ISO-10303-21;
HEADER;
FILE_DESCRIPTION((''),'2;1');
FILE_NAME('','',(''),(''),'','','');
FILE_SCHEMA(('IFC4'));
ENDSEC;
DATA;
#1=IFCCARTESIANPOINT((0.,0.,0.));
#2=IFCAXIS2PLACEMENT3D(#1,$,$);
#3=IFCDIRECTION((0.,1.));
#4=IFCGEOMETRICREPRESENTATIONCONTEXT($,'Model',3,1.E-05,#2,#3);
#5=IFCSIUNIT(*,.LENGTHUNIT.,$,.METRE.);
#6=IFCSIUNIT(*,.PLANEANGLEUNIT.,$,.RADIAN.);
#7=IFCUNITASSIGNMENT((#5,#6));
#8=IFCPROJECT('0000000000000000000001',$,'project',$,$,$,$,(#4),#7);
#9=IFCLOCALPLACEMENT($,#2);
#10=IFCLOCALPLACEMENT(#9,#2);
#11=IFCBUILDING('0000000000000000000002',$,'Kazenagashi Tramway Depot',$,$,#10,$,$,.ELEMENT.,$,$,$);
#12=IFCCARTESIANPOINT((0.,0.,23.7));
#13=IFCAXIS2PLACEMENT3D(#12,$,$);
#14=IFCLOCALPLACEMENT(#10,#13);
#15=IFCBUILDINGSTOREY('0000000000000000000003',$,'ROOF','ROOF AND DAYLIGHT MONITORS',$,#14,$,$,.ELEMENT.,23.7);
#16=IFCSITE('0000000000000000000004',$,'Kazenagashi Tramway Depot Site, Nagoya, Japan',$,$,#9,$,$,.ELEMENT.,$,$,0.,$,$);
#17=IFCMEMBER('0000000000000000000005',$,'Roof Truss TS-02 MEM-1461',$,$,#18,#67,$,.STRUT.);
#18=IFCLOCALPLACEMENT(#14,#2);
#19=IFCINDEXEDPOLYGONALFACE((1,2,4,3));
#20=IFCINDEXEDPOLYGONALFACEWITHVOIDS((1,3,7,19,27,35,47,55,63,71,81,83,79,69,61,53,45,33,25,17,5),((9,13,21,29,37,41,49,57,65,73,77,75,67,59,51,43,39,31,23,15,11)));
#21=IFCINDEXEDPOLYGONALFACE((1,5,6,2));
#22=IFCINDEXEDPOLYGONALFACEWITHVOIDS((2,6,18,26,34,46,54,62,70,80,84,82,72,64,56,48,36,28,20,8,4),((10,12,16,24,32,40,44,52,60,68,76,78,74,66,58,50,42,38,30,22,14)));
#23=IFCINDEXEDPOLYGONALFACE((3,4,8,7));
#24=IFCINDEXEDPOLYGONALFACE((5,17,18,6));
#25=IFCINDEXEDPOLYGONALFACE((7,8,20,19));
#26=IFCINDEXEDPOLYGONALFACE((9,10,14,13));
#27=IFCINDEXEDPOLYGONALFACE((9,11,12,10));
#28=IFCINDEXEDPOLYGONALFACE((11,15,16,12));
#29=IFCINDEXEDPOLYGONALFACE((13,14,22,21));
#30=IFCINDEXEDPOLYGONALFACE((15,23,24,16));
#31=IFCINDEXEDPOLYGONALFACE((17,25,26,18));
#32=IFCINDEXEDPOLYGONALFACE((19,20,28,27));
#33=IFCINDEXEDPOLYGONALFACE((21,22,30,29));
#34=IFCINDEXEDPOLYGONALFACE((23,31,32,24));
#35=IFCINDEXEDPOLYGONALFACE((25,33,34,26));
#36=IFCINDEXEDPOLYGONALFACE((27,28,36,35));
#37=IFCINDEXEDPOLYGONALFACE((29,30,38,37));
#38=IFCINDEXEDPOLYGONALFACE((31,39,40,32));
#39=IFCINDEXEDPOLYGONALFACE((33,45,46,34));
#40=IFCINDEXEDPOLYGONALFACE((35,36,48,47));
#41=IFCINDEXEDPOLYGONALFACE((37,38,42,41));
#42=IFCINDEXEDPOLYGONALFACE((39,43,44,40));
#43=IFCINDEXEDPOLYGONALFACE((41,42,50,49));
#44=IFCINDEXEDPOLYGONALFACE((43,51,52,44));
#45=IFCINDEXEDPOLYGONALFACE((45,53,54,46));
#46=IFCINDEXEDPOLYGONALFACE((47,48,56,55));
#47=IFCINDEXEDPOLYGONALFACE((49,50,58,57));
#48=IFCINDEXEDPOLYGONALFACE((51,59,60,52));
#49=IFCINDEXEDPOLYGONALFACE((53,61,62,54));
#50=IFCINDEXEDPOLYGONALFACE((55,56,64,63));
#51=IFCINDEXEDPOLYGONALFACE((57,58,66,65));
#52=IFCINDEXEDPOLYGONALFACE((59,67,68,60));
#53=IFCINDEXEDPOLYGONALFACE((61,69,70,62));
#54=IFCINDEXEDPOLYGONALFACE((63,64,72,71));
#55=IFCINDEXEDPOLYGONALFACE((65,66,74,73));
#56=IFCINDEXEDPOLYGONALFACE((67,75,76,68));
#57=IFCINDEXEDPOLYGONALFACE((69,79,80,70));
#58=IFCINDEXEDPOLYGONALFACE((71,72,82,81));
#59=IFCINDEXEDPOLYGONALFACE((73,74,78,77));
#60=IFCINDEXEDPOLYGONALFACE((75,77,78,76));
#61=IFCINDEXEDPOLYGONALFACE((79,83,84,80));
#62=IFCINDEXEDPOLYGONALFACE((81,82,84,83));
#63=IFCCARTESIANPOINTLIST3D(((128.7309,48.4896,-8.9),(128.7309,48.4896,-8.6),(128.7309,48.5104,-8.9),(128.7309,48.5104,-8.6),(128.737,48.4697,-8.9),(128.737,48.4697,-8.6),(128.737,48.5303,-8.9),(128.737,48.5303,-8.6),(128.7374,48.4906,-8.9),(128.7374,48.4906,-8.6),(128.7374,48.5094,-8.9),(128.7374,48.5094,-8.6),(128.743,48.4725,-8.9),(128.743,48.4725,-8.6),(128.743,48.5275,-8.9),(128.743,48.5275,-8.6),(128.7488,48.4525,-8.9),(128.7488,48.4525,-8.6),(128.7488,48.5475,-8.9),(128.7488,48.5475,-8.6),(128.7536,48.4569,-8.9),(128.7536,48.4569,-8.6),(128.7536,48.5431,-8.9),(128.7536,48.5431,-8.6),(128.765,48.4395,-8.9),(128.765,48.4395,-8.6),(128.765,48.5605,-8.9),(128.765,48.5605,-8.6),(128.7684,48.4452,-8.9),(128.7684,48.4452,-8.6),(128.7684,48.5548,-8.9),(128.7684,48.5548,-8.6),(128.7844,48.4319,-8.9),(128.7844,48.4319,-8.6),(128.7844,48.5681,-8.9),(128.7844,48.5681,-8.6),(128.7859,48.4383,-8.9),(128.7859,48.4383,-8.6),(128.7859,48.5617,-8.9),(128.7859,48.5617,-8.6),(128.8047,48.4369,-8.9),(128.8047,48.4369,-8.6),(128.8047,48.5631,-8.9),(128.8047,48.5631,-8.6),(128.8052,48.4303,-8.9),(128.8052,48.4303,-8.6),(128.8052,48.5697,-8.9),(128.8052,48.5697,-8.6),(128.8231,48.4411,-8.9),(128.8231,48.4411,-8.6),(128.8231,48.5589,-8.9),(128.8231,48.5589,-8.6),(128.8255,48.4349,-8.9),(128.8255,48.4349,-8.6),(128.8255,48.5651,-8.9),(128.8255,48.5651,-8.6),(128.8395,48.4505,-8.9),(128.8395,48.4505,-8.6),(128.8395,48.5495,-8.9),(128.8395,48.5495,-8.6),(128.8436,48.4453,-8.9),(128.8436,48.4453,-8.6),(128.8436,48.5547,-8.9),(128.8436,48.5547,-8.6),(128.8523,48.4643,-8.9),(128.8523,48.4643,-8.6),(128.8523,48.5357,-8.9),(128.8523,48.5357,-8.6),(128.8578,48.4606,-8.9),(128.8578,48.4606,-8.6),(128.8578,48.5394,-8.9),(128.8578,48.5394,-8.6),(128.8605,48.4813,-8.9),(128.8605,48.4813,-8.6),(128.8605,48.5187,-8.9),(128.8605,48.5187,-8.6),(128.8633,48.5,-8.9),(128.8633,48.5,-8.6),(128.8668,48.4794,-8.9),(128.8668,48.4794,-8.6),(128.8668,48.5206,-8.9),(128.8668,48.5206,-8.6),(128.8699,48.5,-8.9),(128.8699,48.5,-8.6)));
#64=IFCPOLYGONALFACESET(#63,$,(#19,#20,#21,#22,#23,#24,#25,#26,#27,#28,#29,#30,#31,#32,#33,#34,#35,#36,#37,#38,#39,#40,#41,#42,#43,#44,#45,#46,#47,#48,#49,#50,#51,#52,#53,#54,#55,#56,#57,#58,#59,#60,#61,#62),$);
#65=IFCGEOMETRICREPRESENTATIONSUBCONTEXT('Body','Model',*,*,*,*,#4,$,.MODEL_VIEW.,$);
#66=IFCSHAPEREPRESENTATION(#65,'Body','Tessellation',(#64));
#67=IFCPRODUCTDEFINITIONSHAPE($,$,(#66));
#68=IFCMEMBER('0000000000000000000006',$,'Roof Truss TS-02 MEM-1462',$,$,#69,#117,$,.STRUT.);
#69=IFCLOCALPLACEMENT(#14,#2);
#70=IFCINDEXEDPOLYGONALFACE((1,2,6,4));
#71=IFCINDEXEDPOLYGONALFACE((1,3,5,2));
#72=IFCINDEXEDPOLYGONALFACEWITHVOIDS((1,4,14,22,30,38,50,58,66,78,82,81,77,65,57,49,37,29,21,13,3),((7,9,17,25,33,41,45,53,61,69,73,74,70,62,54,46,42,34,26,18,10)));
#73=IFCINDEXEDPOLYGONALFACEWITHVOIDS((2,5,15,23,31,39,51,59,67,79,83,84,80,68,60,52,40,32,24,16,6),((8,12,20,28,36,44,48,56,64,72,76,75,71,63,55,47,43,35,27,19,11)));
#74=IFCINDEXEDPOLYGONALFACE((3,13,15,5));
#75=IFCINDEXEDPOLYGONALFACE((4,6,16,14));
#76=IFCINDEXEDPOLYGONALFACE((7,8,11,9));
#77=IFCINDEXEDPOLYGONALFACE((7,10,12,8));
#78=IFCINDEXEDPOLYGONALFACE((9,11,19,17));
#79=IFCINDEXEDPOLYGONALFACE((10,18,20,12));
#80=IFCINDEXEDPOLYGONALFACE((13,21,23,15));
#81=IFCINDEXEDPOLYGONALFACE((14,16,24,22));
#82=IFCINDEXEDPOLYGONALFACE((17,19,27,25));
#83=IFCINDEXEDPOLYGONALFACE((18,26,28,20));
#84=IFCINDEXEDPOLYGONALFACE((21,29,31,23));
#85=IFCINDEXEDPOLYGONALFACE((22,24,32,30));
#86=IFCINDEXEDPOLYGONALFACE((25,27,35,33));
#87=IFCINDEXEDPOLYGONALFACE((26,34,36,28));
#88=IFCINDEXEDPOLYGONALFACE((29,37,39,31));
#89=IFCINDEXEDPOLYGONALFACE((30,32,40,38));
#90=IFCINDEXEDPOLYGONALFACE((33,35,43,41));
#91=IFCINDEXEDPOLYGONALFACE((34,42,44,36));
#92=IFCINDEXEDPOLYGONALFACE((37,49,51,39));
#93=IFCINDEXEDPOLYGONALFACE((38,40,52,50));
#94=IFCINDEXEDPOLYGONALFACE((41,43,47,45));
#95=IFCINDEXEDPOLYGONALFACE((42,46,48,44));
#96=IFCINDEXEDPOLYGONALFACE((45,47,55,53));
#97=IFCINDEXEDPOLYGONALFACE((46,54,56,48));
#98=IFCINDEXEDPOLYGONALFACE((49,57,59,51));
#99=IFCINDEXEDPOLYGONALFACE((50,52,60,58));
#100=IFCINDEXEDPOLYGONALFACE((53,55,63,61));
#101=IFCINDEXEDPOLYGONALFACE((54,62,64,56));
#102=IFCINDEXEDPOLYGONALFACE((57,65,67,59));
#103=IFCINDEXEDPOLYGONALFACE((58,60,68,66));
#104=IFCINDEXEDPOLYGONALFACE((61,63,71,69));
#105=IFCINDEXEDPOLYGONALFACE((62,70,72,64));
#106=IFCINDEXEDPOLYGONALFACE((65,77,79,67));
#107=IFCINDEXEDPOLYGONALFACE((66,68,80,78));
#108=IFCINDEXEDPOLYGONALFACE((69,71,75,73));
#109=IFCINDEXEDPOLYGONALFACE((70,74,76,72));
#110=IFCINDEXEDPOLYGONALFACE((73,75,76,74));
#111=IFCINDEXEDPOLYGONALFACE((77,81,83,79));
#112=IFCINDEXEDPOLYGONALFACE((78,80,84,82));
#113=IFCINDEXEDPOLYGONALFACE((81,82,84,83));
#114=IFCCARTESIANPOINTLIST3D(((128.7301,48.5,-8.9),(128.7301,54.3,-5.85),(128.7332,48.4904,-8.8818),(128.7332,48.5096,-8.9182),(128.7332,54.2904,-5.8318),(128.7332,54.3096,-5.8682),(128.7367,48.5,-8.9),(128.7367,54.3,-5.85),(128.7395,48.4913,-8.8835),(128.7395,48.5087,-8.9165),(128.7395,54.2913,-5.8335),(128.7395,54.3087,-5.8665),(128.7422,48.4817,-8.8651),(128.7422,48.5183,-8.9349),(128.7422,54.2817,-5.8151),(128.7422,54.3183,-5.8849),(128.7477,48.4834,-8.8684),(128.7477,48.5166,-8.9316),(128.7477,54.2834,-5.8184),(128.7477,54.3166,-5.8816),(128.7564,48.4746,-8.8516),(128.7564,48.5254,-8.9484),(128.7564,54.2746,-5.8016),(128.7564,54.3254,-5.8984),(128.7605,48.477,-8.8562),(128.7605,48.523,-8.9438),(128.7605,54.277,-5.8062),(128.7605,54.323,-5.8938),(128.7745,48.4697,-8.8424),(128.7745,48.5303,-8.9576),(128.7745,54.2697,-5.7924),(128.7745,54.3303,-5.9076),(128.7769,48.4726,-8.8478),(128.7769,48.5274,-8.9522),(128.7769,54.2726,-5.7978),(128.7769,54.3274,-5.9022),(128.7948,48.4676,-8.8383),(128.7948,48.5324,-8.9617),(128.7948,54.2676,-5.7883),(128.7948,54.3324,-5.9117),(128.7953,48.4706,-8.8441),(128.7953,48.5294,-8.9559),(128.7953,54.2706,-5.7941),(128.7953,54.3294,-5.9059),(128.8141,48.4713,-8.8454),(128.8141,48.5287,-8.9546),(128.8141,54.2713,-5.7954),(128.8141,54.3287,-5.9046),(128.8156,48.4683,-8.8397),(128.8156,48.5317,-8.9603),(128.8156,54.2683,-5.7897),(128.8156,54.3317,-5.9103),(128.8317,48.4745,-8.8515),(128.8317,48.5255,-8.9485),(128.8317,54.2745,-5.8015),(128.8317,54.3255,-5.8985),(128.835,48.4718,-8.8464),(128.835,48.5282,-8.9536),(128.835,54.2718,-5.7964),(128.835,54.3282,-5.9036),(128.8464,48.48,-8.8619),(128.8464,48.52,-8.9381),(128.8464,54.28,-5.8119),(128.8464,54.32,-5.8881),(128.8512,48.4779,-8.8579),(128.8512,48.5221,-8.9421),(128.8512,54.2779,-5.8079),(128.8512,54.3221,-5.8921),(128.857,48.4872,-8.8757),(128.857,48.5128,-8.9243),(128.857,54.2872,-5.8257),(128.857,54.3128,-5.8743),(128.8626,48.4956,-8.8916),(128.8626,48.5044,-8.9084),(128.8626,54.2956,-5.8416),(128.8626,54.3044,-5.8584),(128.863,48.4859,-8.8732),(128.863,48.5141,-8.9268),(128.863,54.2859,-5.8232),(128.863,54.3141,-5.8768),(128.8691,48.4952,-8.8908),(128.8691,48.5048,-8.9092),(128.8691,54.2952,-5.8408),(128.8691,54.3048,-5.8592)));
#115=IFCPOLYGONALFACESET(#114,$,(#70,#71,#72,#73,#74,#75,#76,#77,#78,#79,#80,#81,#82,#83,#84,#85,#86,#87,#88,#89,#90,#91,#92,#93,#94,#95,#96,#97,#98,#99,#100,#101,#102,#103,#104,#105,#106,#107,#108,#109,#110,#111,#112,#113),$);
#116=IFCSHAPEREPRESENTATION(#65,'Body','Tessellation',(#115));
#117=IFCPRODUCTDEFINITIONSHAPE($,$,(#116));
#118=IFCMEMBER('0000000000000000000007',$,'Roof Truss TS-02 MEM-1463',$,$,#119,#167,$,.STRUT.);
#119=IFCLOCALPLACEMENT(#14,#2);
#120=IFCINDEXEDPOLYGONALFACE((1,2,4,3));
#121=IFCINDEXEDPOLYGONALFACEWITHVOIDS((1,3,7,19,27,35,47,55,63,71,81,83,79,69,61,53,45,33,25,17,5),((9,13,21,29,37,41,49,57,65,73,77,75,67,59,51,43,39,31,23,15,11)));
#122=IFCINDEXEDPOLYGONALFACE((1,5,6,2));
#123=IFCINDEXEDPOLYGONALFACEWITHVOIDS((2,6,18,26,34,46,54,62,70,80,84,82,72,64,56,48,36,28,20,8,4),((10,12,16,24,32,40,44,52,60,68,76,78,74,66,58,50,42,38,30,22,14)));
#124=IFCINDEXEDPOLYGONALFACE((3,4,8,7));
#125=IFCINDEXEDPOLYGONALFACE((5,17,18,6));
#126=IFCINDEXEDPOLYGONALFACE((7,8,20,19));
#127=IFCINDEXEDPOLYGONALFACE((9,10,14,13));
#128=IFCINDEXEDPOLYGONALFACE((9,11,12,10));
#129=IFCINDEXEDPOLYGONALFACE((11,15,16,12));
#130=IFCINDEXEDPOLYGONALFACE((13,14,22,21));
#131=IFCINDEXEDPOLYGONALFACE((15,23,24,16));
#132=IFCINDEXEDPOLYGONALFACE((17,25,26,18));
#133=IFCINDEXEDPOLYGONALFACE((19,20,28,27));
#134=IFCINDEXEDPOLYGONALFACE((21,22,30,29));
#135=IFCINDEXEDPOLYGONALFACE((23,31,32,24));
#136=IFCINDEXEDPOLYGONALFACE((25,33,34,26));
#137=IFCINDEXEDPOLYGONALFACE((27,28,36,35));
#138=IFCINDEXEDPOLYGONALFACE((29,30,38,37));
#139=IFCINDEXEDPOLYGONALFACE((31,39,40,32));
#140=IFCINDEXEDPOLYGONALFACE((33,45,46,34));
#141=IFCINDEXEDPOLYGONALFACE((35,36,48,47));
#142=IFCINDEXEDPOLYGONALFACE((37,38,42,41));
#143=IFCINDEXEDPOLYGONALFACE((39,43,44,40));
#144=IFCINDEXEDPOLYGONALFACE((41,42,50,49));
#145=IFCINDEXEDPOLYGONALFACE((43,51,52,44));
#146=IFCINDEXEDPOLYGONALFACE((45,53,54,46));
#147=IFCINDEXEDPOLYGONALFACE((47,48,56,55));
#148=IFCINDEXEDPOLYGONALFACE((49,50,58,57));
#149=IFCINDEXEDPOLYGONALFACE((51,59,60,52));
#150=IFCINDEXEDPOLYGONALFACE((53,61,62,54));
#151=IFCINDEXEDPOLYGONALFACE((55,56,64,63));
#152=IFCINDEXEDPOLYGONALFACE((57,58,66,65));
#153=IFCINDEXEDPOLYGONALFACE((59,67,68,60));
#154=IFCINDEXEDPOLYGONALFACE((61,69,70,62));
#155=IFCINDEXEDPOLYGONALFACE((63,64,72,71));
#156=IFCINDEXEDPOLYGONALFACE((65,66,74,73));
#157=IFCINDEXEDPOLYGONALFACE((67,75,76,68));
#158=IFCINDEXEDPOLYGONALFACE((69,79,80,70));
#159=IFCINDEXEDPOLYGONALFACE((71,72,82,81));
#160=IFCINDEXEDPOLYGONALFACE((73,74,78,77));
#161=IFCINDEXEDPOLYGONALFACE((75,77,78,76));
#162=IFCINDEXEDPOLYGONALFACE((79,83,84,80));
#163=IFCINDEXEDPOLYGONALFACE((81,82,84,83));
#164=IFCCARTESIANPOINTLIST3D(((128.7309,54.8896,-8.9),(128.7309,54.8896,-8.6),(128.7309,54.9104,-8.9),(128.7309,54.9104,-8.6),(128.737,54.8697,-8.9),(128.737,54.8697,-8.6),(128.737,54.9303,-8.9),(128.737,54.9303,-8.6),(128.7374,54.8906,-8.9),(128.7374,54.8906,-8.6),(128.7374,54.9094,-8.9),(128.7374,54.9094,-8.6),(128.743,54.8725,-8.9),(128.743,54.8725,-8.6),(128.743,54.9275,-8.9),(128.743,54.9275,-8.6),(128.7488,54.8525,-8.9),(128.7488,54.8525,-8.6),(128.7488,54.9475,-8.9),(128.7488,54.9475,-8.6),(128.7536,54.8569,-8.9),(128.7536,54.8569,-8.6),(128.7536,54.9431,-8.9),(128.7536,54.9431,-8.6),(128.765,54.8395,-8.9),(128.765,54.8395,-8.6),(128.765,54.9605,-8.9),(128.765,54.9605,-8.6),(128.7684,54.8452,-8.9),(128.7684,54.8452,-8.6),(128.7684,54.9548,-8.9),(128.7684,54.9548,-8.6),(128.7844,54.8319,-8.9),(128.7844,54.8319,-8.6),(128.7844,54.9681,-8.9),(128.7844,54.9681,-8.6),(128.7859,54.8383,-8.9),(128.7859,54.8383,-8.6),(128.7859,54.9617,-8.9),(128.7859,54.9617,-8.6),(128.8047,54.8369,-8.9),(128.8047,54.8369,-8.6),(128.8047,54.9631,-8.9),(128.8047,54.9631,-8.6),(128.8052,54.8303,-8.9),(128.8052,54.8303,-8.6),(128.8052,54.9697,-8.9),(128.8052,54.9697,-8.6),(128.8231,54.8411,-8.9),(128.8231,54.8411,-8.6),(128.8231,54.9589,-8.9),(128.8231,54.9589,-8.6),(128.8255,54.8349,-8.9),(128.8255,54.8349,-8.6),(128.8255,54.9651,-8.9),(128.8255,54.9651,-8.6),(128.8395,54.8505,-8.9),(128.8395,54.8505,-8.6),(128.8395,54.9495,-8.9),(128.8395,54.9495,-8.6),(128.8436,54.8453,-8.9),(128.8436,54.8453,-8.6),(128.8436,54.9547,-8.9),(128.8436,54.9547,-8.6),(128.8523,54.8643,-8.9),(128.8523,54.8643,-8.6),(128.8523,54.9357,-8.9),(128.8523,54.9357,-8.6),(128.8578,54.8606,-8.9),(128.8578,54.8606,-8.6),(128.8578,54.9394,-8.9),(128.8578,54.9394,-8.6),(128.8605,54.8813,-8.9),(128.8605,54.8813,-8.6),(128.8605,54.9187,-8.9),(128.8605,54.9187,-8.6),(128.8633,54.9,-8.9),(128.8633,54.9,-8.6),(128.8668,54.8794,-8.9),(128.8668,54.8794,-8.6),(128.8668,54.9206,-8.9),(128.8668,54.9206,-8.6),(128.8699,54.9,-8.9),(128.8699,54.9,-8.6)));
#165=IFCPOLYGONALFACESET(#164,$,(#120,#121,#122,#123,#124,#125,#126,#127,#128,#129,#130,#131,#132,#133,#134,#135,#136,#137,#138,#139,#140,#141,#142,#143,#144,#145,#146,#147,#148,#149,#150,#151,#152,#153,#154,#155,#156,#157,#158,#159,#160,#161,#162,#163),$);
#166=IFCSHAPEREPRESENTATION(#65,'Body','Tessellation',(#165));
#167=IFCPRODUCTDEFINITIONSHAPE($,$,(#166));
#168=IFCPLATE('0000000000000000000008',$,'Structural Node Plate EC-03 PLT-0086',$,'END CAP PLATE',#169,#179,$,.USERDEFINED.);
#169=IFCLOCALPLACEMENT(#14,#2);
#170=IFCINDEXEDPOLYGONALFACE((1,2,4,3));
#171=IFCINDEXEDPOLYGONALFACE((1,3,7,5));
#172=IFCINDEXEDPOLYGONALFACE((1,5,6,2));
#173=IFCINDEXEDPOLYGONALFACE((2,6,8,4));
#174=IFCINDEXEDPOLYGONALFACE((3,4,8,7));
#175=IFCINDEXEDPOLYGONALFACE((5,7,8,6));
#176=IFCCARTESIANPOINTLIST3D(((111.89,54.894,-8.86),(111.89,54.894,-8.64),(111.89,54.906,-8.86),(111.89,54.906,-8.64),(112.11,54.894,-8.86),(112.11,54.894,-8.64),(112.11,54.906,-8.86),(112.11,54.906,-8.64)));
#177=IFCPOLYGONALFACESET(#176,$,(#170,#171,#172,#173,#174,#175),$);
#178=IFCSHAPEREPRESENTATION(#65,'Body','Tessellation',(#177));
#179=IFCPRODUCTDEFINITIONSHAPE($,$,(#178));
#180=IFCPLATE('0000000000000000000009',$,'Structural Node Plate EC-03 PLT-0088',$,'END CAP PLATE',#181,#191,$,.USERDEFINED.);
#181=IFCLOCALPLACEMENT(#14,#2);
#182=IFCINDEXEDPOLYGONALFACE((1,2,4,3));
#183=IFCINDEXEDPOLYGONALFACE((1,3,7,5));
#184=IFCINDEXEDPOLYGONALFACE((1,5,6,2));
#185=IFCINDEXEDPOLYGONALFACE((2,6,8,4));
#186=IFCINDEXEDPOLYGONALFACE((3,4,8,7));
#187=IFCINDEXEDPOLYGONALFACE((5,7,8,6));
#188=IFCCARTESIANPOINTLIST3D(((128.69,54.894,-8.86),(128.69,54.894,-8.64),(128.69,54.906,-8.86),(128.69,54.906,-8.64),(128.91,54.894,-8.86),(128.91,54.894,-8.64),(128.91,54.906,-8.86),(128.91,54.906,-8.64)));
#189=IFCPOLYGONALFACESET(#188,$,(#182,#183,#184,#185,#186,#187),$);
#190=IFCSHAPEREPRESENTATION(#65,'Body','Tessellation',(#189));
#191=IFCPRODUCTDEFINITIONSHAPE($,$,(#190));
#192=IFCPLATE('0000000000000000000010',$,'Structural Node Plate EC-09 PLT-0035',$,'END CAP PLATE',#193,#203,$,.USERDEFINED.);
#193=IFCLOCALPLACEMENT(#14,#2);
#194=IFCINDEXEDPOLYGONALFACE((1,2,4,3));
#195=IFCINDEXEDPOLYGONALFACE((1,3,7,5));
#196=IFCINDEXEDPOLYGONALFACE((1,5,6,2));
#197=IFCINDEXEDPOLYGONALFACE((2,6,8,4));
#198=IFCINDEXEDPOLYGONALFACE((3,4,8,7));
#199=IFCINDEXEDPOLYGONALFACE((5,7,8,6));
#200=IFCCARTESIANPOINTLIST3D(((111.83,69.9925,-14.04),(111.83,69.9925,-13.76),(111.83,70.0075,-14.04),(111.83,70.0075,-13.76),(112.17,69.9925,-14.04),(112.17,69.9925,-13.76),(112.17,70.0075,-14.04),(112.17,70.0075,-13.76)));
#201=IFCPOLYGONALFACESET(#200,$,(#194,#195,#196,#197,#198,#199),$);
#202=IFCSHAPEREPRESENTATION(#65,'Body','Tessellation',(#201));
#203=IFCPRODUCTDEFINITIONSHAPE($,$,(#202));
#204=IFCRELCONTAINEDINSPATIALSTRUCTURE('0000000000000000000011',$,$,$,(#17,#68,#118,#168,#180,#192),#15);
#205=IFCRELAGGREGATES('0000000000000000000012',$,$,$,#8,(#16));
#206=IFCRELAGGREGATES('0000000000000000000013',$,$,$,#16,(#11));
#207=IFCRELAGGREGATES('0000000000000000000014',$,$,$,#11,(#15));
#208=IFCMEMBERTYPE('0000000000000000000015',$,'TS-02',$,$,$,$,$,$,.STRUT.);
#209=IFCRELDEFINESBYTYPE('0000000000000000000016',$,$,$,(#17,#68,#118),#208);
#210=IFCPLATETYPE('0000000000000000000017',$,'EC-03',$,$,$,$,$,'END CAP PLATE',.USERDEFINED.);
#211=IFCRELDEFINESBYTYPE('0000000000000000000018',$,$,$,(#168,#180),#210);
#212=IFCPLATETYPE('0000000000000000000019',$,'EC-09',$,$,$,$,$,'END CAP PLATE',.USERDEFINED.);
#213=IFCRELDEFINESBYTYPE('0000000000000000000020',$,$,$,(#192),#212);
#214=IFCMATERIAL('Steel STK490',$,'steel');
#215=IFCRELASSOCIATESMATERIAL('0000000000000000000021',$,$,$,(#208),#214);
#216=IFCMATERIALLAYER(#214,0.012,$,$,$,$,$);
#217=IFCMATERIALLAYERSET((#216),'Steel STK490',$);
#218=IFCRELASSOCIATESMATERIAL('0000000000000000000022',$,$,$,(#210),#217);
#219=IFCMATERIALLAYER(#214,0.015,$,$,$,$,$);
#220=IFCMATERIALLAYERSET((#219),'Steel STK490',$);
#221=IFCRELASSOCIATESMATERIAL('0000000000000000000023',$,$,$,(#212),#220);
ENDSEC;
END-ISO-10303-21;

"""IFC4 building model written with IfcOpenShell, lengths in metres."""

from ifc_helpers import new_model, si_unit, direction, frame, origin, origin_2d, place, context, subcontext, project, spatial, rectangle, hollow_circle, extrude, material, layer, layer_set, material_profile, profile_set, type_object, element, save


model = new_model("IFC4")

# Units and contexts
model_context = context("Model", 3, precision=1e-05, world=origin(), true_north=direction((0.0, 1.0)))
body_context = subcontext(model_context, "Body", "Model", "MODEL_VIEW")
ifc_project = project(units=[si_unit("LENGTHUNIT", "METRE"), si_unit("PLANEANGLEUNIT", "RADIAN")], contexts=[model_context])

# Site, building, storey
site_placement = place(None, origin())
site = spatial("IfcSite", under=ifc_project, at=site_placement, Name="Kazenagashi Tramway Depot Site, Nagoya, Japan", CompositionType="ELEMENT", RefElevation=0.0)
building_placement = place(site_placement, origin())
building = spatial("IfcBuilding", under=site, at=building_placement, Name="Kazenagashi Tramway Depot", CompositionType="ELEMENT")
storey_placement = place(building_placement, frame((0.0, 0.0, 23.7)))
storey = spatial("IfcBuildingStorey", under=building, at=storey_placement, Name="ROOF", Description="ROOF AND DAYLIGHT MONITORS", CompositionType="ELEMENT", Elevation=23.7)

# Members
ifc_material_1 = material(Name="Steel STK490", Category="steel")
ifc_material_profile_1 = material_profile(ifc_material_1, hollow_circle(Radius=0.0699, WallThickness=0.0066, at=origin_2d()), Name="CHS-139.8x6.6")
ifc_profile_set_1 = profile_set([ifc_material_profile_1], Name="Steel STK490")
member_type_1 = type_object("IfcMemberType", Name="TS-02", PredefinedType="STRUT", material=ifc_profile_set_1)
for number, where, z_axis, x_axis, name in (
    (1, (128.8, 48.5, -8.9), (0.0, 0.0, 1.0), (1.0, 0.0, 0.0), "Roof Truss TS-02 MEM-1461"),
):
    element("IfcMember", number, at=place(storey_placement, frame(where, z_axis=z_axis, x_axis=x_axis)), inside=storey, type_object=member_type_1, Name=name, PredefinedType="STRUT", context=body_context, shape_type="SweptSolid", body=[
        extrude(hollow_circle(Radius=0.0699, WallThickness=0.0066, at=origin_2d()), origin(), (0.0, 0.0, 1.0), 0.3),
    ])
member_1_placement = place(storey_placement, frame((128.8, 48.5, -8.9), z_axis=(0.0, 0.885084, 0.465432), x_axis=(-1.0, 0.0, 0.0)))
element("IfcMember", 2, at=member_1_placement, inside=storey, type_object=member_type_1, Name="Roof Truss TS-02 MEM-1462", PredefinedType="STRUT", context=body_context, shape_type="SweptSolid", body=[
    extrude(hollow_circle(Radius=0.0699, WallThickness=0.0066, at=origin_2d()), origin(), (0.0, 0.0, 1.0), 6.5531),
])
member_2_placement = place(storey_placement, frame((128.8, 54.9, -8.9), z_axis=(0.0, 0.0, 1.0), x_axis=(1.0, 0.0, 0.0)))
element("IfcMember", 3, at=member_2_placement, inside=storey, type_object=member_type_1, Name="Roof Truss TS-02 MEM-1463", PredefinedType="STRUT", context=body_context, shape_type="SweptSolid", body=[
    extrude(hollow_circle(Radius=0.0699, WallThickness=0.0066, at=origin_2d()), origin(), (0.0, 0.0, 1.0), 0.3),
])

# Plates
ifc_layer_1 = layer(ifc_material_1, 0.012)
ifc_layer_set_1 = layer_set([ifc_layer_1], Name="Steel STK490")
plate_type_1 = type_object("IfcPlateType", Name="EC-03", ElementType="END CAP PLATE", PredefinedType="USERDEFINED", material=ifc_layer_set_1)
for number, where, z_axis, x_axis, name in (
    (4, (112.0, 54.9, -8.86), (0.0, 0.0, 1.0), (1.0, 0.0, 0.0), "Structural Node Plate EC-03 PLT-0086"),
    (5, (128.8, 54.9, -8.86), (0.0, 0.0, 1.0), (1.0, 0.0, 0.0), "Structural Node Plate EC-03 PLT-0088"),
):
    element("IfcPlate", number, at=place(storey_placement, frame(where, z_axis=z_axis, x_axis=x_axis)), inside=storey, type_object=plate_type_1, Name=name, ObjectType="END CAP PLATE", PredefinedType="USERDEFINED", context=body_context, shape_type="SweptSolid", body=[
        extrude(rectangle(XDim=0.22, YDim=0.012, at=origin_2d()), origin(), (0.0, 0.0, 1.0), 0.22),
    ])
ifc_layer_2 = layer(ifc_material_1, 0.015)
ifc_layer_set_2 = layer_set([ifc_layer_2], Name="Steel STK490")
plate_type_2 = type_object("IfcPlateType", Name="EC-09", ElementType="END CAP PLATE", PredefinedType="USERDEFINED", material=ifc_layer_set_2)
plate_1_placement = place(storey_placement, frame((112.0, 70.0, -14.04), z_axis=(0.0, 0.0, 1.0), x_axis=(1.0, 0.0, 0.0)))
element("IfcPlate", 6, at=plate_1_placement, inside=storey, type_object=plate_type_2, Name="Structural Node Plate EC-09 PLT-0035", ObjectType="END CAP PLATE", PredefinedType="USERDEFINED", context=body_context, shape_type="SweptSolid", body=[
    extrude(rectangle(XDim=0.34, YDim=0.015, at=origin_2d()), origin(), (0.0, 0.0, 1.0), 0.28),
])

save(model, "model.ifc")
